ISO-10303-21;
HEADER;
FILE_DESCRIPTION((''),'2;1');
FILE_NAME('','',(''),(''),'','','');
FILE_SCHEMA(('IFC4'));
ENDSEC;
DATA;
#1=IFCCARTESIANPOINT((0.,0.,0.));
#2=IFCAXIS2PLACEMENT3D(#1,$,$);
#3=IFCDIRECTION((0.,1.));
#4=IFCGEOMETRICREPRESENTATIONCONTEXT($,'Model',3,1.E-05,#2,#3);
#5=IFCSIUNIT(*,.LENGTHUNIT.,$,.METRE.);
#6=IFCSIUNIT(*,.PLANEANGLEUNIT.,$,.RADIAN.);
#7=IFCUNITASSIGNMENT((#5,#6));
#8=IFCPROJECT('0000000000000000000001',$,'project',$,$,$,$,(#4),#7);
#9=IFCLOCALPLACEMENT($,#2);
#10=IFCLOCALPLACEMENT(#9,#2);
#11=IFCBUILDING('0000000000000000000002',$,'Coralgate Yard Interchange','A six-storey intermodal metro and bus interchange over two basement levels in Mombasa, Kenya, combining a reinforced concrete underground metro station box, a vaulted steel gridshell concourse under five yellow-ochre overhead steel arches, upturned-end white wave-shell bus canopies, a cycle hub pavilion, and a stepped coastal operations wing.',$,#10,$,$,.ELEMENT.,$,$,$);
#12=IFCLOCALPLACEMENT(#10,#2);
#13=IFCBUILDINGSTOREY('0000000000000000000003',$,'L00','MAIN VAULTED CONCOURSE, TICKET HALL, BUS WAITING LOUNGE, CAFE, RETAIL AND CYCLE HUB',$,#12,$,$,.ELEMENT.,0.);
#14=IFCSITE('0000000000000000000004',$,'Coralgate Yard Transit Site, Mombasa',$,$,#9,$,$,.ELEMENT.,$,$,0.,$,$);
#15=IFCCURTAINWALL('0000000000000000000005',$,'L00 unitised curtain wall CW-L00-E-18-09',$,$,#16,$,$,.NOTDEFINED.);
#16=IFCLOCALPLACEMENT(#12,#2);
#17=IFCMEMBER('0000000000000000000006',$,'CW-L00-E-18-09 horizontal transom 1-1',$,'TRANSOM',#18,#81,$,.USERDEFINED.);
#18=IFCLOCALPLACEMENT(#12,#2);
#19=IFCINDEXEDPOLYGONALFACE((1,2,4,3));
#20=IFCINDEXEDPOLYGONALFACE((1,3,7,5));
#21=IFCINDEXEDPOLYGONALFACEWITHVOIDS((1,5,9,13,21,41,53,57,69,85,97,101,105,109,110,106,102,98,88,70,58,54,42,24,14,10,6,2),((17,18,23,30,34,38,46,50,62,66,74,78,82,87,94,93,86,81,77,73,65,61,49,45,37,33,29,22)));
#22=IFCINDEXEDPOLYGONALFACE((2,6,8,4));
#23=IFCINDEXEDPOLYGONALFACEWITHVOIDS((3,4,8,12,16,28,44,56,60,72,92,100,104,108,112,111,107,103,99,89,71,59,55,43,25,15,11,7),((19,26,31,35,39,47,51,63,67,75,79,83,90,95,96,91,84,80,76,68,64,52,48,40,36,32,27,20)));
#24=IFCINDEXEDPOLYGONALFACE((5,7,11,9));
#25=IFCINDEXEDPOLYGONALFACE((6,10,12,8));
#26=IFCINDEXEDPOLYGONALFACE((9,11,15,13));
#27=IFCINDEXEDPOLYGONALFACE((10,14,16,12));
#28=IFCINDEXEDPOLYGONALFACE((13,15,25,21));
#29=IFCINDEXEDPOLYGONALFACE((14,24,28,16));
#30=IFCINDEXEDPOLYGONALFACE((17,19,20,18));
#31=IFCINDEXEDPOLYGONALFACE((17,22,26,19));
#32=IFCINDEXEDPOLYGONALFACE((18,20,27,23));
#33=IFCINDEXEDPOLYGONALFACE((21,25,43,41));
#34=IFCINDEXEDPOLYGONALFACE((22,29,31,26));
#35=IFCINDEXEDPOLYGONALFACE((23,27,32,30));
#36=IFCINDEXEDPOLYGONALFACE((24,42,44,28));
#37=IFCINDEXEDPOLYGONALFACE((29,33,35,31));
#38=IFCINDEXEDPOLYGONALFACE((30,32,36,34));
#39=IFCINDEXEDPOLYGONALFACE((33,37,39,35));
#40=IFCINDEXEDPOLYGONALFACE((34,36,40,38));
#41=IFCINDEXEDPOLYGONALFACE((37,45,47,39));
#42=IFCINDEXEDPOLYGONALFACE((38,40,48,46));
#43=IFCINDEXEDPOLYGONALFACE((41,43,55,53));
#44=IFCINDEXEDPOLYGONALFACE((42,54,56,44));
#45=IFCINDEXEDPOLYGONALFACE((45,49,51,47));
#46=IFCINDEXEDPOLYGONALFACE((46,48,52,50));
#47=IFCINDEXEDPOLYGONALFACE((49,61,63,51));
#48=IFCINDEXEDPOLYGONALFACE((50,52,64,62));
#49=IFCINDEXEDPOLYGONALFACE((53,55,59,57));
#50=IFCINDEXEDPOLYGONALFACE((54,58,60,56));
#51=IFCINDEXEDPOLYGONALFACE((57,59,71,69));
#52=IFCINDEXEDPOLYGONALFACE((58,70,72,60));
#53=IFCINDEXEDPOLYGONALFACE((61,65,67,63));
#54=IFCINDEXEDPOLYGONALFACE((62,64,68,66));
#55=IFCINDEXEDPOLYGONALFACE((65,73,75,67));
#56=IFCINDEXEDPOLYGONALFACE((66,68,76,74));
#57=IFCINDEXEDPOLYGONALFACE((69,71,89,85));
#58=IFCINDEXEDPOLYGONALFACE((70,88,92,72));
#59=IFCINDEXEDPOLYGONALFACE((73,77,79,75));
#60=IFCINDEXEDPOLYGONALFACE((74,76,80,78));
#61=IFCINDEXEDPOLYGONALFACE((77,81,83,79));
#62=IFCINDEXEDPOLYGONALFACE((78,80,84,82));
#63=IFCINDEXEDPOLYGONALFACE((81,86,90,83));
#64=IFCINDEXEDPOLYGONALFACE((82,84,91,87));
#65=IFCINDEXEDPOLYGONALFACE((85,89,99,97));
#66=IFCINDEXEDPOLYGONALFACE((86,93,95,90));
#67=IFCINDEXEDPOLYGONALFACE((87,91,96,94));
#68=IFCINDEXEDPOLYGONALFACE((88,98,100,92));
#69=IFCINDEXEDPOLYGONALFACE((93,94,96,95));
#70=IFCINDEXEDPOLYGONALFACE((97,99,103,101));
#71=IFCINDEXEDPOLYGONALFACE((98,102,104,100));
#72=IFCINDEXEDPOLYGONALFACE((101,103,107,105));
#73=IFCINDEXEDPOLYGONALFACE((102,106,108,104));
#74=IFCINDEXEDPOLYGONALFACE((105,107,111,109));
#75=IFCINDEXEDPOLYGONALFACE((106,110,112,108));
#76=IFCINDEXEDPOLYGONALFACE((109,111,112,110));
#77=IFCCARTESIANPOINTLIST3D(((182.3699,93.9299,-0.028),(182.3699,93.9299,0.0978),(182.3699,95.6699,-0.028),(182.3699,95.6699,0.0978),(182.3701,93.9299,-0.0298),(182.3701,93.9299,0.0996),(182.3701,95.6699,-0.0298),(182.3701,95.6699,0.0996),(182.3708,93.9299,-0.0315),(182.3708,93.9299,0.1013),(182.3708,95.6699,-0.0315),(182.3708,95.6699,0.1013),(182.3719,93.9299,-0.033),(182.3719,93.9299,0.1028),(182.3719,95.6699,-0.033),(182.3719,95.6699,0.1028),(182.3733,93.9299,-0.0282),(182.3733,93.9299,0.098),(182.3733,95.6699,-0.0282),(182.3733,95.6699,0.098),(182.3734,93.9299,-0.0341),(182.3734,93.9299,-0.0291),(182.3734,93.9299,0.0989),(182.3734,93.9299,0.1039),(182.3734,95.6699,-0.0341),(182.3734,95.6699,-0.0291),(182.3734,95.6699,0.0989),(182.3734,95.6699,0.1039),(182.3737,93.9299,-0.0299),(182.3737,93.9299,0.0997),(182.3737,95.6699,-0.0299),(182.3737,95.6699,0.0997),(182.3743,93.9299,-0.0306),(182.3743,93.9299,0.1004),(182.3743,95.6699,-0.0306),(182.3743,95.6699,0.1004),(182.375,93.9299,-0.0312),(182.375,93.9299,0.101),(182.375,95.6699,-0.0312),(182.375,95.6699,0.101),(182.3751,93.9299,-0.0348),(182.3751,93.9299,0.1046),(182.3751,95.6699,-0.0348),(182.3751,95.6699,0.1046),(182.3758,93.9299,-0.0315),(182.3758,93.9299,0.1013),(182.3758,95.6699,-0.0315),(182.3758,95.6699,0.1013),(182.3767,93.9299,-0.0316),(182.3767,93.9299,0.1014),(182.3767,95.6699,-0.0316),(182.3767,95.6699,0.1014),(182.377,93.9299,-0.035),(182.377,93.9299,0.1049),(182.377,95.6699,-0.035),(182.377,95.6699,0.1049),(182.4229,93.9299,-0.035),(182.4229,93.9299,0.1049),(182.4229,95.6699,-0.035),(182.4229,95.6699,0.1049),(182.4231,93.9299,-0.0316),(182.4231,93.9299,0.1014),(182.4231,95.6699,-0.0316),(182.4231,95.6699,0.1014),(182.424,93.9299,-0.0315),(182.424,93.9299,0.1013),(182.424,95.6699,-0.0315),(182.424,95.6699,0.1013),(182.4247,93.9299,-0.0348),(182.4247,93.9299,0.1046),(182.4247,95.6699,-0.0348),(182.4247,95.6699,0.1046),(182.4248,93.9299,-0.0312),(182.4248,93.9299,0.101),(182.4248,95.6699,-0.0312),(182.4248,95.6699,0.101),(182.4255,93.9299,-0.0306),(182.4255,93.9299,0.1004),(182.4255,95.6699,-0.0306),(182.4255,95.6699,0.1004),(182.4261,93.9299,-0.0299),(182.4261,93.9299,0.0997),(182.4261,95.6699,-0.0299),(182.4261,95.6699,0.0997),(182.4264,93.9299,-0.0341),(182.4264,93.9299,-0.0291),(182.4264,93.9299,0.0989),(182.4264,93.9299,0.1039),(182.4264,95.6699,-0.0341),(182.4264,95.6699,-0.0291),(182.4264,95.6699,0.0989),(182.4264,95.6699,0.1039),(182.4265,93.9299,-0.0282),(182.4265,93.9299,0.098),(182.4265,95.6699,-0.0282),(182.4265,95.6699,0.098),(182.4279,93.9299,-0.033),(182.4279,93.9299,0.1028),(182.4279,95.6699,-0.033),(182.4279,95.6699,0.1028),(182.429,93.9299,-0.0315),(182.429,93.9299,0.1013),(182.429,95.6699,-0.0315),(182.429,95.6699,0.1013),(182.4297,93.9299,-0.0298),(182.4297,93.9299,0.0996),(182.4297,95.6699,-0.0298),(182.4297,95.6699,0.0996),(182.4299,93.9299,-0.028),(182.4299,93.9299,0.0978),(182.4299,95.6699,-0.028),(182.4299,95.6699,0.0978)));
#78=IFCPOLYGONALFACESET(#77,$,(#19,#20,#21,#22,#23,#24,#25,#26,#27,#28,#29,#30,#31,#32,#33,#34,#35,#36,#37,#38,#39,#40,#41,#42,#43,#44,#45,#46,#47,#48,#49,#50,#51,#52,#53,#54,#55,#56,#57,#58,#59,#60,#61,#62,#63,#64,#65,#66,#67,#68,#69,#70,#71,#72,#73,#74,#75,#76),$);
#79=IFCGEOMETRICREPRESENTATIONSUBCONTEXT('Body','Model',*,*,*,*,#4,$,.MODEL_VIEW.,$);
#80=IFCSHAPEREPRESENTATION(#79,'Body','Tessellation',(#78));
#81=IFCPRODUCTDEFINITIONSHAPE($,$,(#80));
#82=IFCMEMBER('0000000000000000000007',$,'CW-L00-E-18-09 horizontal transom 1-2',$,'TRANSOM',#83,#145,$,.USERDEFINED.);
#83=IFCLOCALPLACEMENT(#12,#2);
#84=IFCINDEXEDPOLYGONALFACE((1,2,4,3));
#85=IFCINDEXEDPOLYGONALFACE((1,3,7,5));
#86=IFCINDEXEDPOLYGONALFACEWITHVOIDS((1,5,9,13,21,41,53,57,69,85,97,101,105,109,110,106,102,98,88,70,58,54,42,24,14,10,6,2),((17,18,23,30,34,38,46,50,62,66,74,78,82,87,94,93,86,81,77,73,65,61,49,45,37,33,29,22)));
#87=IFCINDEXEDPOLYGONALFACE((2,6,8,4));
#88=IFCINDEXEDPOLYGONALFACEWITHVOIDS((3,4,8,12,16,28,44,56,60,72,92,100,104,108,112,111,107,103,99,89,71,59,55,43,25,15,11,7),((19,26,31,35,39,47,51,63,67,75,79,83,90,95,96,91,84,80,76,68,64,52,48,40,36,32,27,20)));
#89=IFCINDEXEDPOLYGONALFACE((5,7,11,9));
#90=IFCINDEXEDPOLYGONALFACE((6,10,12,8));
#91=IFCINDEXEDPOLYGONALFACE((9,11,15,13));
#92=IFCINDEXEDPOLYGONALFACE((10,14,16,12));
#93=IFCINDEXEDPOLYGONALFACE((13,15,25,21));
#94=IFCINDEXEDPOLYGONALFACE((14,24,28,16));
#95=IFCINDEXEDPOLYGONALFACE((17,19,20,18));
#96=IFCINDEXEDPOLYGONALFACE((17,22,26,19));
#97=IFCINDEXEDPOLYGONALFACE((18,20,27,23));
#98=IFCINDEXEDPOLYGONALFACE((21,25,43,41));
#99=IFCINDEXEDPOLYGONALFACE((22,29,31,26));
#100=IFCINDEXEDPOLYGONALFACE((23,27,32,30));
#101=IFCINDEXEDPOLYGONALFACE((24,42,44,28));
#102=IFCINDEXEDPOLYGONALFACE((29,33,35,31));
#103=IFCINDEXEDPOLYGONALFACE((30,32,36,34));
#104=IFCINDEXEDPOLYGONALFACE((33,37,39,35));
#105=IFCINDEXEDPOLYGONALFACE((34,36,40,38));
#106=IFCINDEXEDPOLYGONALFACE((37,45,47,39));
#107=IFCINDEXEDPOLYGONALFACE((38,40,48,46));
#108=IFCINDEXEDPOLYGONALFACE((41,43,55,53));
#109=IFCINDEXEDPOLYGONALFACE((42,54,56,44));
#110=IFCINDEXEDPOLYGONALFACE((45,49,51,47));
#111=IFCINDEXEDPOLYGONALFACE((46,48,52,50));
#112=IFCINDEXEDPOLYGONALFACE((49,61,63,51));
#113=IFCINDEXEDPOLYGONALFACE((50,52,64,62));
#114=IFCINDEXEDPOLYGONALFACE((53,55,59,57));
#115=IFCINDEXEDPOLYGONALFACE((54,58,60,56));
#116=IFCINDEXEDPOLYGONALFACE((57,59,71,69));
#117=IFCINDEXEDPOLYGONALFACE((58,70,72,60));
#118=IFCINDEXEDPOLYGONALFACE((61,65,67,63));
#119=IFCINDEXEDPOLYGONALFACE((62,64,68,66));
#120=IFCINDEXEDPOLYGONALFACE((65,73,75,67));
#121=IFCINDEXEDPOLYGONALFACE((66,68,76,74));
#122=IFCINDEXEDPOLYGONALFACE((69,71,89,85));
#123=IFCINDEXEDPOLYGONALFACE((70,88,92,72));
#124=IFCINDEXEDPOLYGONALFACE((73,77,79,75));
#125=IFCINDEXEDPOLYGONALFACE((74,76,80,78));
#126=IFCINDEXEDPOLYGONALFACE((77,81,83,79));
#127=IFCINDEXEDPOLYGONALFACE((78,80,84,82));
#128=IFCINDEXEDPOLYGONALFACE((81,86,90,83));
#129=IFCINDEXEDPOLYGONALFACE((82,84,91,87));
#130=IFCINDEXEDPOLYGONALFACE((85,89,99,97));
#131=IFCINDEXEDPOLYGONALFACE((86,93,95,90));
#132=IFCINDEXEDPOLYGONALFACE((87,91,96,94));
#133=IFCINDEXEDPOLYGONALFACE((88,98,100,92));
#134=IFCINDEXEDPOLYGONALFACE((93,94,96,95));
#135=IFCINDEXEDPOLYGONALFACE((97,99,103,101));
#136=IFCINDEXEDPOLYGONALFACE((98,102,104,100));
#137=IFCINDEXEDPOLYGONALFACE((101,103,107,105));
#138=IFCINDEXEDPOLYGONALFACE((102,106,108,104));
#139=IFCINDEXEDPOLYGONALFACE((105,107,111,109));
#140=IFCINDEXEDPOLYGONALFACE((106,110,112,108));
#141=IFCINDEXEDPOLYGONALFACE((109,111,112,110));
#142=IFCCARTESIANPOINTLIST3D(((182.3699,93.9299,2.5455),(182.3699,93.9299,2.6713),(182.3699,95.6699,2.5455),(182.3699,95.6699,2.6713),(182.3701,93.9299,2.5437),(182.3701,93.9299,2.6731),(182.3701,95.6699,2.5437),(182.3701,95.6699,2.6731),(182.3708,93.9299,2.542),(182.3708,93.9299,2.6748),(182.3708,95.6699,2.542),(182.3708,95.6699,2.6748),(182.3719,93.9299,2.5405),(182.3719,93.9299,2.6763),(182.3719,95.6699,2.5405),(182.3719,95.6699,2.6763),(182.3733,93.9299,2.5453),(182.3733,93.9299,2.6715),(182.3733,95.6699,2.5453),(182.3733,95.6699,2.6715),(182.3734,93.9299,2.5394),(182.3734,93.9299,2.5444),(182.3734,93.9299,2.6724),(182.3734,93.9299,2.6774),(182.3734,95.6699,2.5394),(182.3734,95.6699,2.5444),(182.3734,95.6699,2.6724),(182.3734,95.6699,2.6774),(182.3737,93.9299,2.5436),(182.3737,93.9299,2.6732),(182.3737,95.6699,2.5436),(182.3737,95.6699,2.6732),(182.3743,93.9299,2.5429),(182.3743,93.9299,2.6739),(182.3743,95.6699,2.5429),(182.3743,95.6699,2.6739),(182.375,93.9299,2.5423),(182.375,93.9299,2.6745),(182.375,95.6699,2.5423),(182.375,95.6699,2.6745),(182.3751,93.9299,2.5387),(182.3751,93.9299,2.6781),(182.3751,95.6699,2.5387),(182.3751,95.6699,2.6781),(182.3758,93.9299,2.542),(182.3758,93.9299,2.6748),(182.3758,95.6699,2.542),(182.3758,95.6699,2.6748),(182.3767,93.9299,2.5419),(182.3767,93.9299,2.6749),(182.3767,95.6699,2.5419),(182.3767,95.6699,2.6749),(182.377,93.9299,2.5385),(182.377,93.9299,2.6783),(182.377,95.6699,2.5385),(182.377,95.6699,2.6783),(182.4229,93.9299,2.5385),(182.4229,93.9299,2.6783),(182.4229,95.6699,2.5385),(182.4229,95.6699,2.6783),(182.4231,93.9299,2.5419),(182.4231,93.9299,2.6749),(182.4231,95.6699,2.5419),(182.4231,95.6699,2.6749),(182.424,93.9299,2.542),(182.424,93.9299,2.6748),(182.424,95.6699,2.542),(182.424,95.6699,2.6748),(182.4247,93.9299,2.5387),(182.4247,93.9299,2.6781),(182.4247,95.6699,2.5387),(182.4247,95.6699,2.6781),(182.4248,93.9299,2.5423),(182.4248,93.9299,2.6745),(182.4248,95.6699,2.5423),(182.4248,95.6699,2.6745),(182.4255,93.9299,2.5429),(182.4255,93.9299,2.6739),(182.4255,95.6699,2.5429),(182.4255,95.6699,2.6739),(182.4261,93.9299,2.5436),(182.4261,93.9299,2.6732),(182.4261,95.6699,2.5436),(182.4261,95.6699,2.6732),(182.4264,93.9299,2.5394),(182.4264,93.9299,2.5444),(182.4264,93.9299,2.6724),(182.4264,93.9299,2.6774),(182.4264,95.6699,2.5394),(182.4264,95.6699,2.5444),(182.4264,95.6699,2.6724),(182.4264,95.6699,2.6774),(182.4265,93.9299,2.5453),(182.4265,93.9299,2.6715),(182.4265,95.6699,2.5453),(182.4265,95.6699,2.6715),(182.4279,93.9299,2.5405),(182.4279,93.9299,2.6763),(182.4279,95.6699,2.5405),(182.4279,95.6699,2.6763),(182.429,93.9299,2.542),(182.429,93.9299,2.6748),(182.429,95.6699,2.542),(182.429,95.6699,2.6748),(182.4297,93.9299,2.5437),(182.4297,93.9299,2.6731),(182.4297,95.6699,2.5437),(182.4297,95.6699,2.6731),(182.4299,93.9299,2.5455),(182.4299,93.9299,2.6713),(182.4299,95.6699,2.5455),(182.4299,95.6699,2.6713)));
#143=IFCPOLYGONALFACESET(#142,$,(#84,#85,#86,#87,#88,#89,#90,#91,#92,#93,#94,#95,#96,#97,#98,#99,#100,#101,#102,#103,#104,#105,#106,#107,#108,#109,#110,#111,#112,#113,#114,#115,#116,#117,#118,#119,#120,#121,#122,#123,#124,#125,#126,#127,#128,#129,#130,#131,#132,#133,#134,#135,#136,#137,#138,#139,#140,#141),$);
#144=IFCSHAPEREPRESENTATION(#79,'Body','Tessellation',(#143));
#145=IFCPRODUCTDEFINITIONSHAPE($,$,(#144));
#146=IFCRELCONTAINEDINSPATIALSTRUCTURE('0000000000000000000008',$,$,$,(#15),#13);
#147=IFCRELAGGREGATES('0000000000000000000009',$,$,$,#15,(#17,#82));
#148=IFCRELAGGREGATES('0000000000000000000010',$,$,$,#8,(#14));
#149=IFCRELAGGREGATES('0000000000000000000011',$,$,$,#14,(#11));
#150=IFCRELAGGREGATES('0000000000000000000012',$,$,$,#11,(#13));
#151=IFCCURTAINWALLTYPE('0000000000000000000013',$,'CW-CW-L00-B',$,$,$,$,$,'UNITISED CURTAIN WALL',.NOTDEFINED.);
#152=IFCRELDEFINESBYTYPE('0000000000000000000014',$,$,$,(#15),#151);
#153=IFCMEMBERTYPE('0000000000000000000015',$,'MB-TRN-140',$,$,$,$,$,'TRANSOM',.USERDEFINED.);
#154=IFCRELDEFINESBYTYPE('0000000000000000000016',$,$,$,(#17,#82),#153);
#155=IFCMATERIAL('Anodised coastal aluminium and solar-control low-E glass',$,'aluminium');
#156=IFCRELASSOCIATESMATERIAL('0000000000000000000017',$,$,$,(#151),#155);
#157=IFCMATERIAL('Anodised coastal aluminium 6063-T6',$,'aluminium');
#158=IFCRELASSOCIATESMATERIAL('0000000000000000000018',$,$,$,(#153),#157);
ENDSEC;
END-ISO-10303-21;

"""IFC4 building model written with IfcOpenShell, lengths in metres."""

from ifc_helpers import new_model, si_unit, direction, frame, origin, origin_2d, place, context, subcontext, project, spatial, hollow_rectangle, extrude, material, material_profile, profile_set, type_object, element, aggregate, save


model = new_model("IFC4")

# Units and contexts
model_context = context("Model", 3, precision=1e-05, world=origin(), true_north=direction((0.0, 1.0)))
body_context = subcontext(model_context, "Body", "Model", "MODEL_VIEW")
ifc_project = project(units=[si_unit("LENGTHUNIT", "METRE"), si_unit("PLANEANGLEUNIT", "RADIAN")], contexts=[model_context])

# Site, building, storey
site_placement = place(None, origin())
site = spatial("IfcSite", under=ifc_project, at=site_placement, Name="Coralgate Yard Transit Site, Mombasa", CompositionType="ELEMENT", RefElevation=0.0)
building_placement = place(site_placement, origin())
building = spatial("IfcBuilding", under=site, at=building_placement, Name="Coralgate Yard Interchange", Description="A six-storey intermodal metro and bus interchange over two basement levels in Mombasa, Kenya, combining a reinforced concrete underground metro station box, a vaulted steel gridshell concourse under five yellow-ochre overhead steel arches, upturned-end white wave-shell bus canopies, a cycle hub pavilion, and a stepped coastal operations wing.", CompositionType="ELEMENT")
storey_placement = place(building_placement, origin())
storey = spatial("IfcBuildingStorey", under=building, at=storey_placement, Name="L00", Description="MAIN VAULTED CONCOURSE, TICKET HALL, BUS WAITING LOUNGE, CAFE, RETAIL AND CYCLE HUB", CompositionType="ELEMENT", Elevation=0.0)

# Curtain wall, members
ifc_material_1 = material(Name="Anodised coastal aluminium and solar-control low-E glass", Category="aluminium")
curtain_wall_type = type_object("IfcCurtainWallType", Name="CW-CW-L00-B", ElementType="UNITISED CURTAIN WALL", PredefinedType="NOTDEFINED", material=ifc_material_1)
curtain_wall_placement = place(storey_placement, origin())
curtain_wall = element("IfcCurtainWall", 1, at=curtain_wall_placement, inside=storey, type_object=curtain_wall_type, Name="L00 unitised curtain wall CW-L00-E-18-09", PredefinedType="NOTDEFINED")
ifc_material_2 = material(Name="Anodised coastal aluminium 6063-T6", Category="aluminium")
ifc_material_profile_1 = material_profile(ifc_material_2, hollow_rectangle(XDim=0.0601, YDim=0.1399, WallThickness=0.0034, InnerFilletRadius=0.0034, OuterFilletRadius=0.0071, at=origin_2d()), Name="ALU 60x140x3.5")
ifc_profile_set_1 = profile_set([ifc_material_profile_1], Name="Anodised coastal aluminium 6063-T6")
member_type_1 = type_object("IfcMemberType", Name="MB-TRN-140", ElementType="TRANSOM", PredefinedType="USERDEFINED", material=ifc_profile_set_1)
member_1_placement = place(storey_placement, frame((182.3999, 95.6699, 0.0349), z_axis=(0.0, -1.0, 0.0), x_axis=(1.0, 0.0, 0.0)))
member_1 = element("IfcMember", 2, at=member_1_placement, type_object=member_type_1, Name="CW-L00-E-18-09 horizontal transom 1-1", ObjectType="TRANSOM", PredefinedType="USERDEFINED", context=body_context, shape_type="SweptSolid", body=[
    extrude(hollow_rectangle(XDim=0.0601, YDim=0.1399, WallThickness=0.0034, InnerFilletRadius=0.0034, OuterFilletRadius=0.0071, at=origin_2d()), origin(), (0.0, 0.0, 1.0), 1.74),
])
member_2_placement = place(storey_placement, frame((182.3999, 95.6699, 2.6084), z_axis=(0.0, -1.0, 0.0), x_axis=(1.0, 0.0, 0.0)))
member_2 = element("IfcMember", 3, at=member_2_placement, type_object=member_type_1, Name="CW-L00-E-18-09 horizontal transom 1-2", ObjectType="TRANSOM", PredefinedType="USERDEFINED", context=body_context, shape_type="SweptSolid", body=[
    extrude(hollow_rectangle(XDim=0.0601, YDim=0.1399, WallThickness=0.0034, InnerFilletRadius=0.0034, OuterFilletRadius=0.0071, at=origin_2d()), origin(), (0.0, 0.0, 1.0), 1.74),
])
aggregate(curtain_wall, [member_1, member_2])

save(model, "model.ifc")
